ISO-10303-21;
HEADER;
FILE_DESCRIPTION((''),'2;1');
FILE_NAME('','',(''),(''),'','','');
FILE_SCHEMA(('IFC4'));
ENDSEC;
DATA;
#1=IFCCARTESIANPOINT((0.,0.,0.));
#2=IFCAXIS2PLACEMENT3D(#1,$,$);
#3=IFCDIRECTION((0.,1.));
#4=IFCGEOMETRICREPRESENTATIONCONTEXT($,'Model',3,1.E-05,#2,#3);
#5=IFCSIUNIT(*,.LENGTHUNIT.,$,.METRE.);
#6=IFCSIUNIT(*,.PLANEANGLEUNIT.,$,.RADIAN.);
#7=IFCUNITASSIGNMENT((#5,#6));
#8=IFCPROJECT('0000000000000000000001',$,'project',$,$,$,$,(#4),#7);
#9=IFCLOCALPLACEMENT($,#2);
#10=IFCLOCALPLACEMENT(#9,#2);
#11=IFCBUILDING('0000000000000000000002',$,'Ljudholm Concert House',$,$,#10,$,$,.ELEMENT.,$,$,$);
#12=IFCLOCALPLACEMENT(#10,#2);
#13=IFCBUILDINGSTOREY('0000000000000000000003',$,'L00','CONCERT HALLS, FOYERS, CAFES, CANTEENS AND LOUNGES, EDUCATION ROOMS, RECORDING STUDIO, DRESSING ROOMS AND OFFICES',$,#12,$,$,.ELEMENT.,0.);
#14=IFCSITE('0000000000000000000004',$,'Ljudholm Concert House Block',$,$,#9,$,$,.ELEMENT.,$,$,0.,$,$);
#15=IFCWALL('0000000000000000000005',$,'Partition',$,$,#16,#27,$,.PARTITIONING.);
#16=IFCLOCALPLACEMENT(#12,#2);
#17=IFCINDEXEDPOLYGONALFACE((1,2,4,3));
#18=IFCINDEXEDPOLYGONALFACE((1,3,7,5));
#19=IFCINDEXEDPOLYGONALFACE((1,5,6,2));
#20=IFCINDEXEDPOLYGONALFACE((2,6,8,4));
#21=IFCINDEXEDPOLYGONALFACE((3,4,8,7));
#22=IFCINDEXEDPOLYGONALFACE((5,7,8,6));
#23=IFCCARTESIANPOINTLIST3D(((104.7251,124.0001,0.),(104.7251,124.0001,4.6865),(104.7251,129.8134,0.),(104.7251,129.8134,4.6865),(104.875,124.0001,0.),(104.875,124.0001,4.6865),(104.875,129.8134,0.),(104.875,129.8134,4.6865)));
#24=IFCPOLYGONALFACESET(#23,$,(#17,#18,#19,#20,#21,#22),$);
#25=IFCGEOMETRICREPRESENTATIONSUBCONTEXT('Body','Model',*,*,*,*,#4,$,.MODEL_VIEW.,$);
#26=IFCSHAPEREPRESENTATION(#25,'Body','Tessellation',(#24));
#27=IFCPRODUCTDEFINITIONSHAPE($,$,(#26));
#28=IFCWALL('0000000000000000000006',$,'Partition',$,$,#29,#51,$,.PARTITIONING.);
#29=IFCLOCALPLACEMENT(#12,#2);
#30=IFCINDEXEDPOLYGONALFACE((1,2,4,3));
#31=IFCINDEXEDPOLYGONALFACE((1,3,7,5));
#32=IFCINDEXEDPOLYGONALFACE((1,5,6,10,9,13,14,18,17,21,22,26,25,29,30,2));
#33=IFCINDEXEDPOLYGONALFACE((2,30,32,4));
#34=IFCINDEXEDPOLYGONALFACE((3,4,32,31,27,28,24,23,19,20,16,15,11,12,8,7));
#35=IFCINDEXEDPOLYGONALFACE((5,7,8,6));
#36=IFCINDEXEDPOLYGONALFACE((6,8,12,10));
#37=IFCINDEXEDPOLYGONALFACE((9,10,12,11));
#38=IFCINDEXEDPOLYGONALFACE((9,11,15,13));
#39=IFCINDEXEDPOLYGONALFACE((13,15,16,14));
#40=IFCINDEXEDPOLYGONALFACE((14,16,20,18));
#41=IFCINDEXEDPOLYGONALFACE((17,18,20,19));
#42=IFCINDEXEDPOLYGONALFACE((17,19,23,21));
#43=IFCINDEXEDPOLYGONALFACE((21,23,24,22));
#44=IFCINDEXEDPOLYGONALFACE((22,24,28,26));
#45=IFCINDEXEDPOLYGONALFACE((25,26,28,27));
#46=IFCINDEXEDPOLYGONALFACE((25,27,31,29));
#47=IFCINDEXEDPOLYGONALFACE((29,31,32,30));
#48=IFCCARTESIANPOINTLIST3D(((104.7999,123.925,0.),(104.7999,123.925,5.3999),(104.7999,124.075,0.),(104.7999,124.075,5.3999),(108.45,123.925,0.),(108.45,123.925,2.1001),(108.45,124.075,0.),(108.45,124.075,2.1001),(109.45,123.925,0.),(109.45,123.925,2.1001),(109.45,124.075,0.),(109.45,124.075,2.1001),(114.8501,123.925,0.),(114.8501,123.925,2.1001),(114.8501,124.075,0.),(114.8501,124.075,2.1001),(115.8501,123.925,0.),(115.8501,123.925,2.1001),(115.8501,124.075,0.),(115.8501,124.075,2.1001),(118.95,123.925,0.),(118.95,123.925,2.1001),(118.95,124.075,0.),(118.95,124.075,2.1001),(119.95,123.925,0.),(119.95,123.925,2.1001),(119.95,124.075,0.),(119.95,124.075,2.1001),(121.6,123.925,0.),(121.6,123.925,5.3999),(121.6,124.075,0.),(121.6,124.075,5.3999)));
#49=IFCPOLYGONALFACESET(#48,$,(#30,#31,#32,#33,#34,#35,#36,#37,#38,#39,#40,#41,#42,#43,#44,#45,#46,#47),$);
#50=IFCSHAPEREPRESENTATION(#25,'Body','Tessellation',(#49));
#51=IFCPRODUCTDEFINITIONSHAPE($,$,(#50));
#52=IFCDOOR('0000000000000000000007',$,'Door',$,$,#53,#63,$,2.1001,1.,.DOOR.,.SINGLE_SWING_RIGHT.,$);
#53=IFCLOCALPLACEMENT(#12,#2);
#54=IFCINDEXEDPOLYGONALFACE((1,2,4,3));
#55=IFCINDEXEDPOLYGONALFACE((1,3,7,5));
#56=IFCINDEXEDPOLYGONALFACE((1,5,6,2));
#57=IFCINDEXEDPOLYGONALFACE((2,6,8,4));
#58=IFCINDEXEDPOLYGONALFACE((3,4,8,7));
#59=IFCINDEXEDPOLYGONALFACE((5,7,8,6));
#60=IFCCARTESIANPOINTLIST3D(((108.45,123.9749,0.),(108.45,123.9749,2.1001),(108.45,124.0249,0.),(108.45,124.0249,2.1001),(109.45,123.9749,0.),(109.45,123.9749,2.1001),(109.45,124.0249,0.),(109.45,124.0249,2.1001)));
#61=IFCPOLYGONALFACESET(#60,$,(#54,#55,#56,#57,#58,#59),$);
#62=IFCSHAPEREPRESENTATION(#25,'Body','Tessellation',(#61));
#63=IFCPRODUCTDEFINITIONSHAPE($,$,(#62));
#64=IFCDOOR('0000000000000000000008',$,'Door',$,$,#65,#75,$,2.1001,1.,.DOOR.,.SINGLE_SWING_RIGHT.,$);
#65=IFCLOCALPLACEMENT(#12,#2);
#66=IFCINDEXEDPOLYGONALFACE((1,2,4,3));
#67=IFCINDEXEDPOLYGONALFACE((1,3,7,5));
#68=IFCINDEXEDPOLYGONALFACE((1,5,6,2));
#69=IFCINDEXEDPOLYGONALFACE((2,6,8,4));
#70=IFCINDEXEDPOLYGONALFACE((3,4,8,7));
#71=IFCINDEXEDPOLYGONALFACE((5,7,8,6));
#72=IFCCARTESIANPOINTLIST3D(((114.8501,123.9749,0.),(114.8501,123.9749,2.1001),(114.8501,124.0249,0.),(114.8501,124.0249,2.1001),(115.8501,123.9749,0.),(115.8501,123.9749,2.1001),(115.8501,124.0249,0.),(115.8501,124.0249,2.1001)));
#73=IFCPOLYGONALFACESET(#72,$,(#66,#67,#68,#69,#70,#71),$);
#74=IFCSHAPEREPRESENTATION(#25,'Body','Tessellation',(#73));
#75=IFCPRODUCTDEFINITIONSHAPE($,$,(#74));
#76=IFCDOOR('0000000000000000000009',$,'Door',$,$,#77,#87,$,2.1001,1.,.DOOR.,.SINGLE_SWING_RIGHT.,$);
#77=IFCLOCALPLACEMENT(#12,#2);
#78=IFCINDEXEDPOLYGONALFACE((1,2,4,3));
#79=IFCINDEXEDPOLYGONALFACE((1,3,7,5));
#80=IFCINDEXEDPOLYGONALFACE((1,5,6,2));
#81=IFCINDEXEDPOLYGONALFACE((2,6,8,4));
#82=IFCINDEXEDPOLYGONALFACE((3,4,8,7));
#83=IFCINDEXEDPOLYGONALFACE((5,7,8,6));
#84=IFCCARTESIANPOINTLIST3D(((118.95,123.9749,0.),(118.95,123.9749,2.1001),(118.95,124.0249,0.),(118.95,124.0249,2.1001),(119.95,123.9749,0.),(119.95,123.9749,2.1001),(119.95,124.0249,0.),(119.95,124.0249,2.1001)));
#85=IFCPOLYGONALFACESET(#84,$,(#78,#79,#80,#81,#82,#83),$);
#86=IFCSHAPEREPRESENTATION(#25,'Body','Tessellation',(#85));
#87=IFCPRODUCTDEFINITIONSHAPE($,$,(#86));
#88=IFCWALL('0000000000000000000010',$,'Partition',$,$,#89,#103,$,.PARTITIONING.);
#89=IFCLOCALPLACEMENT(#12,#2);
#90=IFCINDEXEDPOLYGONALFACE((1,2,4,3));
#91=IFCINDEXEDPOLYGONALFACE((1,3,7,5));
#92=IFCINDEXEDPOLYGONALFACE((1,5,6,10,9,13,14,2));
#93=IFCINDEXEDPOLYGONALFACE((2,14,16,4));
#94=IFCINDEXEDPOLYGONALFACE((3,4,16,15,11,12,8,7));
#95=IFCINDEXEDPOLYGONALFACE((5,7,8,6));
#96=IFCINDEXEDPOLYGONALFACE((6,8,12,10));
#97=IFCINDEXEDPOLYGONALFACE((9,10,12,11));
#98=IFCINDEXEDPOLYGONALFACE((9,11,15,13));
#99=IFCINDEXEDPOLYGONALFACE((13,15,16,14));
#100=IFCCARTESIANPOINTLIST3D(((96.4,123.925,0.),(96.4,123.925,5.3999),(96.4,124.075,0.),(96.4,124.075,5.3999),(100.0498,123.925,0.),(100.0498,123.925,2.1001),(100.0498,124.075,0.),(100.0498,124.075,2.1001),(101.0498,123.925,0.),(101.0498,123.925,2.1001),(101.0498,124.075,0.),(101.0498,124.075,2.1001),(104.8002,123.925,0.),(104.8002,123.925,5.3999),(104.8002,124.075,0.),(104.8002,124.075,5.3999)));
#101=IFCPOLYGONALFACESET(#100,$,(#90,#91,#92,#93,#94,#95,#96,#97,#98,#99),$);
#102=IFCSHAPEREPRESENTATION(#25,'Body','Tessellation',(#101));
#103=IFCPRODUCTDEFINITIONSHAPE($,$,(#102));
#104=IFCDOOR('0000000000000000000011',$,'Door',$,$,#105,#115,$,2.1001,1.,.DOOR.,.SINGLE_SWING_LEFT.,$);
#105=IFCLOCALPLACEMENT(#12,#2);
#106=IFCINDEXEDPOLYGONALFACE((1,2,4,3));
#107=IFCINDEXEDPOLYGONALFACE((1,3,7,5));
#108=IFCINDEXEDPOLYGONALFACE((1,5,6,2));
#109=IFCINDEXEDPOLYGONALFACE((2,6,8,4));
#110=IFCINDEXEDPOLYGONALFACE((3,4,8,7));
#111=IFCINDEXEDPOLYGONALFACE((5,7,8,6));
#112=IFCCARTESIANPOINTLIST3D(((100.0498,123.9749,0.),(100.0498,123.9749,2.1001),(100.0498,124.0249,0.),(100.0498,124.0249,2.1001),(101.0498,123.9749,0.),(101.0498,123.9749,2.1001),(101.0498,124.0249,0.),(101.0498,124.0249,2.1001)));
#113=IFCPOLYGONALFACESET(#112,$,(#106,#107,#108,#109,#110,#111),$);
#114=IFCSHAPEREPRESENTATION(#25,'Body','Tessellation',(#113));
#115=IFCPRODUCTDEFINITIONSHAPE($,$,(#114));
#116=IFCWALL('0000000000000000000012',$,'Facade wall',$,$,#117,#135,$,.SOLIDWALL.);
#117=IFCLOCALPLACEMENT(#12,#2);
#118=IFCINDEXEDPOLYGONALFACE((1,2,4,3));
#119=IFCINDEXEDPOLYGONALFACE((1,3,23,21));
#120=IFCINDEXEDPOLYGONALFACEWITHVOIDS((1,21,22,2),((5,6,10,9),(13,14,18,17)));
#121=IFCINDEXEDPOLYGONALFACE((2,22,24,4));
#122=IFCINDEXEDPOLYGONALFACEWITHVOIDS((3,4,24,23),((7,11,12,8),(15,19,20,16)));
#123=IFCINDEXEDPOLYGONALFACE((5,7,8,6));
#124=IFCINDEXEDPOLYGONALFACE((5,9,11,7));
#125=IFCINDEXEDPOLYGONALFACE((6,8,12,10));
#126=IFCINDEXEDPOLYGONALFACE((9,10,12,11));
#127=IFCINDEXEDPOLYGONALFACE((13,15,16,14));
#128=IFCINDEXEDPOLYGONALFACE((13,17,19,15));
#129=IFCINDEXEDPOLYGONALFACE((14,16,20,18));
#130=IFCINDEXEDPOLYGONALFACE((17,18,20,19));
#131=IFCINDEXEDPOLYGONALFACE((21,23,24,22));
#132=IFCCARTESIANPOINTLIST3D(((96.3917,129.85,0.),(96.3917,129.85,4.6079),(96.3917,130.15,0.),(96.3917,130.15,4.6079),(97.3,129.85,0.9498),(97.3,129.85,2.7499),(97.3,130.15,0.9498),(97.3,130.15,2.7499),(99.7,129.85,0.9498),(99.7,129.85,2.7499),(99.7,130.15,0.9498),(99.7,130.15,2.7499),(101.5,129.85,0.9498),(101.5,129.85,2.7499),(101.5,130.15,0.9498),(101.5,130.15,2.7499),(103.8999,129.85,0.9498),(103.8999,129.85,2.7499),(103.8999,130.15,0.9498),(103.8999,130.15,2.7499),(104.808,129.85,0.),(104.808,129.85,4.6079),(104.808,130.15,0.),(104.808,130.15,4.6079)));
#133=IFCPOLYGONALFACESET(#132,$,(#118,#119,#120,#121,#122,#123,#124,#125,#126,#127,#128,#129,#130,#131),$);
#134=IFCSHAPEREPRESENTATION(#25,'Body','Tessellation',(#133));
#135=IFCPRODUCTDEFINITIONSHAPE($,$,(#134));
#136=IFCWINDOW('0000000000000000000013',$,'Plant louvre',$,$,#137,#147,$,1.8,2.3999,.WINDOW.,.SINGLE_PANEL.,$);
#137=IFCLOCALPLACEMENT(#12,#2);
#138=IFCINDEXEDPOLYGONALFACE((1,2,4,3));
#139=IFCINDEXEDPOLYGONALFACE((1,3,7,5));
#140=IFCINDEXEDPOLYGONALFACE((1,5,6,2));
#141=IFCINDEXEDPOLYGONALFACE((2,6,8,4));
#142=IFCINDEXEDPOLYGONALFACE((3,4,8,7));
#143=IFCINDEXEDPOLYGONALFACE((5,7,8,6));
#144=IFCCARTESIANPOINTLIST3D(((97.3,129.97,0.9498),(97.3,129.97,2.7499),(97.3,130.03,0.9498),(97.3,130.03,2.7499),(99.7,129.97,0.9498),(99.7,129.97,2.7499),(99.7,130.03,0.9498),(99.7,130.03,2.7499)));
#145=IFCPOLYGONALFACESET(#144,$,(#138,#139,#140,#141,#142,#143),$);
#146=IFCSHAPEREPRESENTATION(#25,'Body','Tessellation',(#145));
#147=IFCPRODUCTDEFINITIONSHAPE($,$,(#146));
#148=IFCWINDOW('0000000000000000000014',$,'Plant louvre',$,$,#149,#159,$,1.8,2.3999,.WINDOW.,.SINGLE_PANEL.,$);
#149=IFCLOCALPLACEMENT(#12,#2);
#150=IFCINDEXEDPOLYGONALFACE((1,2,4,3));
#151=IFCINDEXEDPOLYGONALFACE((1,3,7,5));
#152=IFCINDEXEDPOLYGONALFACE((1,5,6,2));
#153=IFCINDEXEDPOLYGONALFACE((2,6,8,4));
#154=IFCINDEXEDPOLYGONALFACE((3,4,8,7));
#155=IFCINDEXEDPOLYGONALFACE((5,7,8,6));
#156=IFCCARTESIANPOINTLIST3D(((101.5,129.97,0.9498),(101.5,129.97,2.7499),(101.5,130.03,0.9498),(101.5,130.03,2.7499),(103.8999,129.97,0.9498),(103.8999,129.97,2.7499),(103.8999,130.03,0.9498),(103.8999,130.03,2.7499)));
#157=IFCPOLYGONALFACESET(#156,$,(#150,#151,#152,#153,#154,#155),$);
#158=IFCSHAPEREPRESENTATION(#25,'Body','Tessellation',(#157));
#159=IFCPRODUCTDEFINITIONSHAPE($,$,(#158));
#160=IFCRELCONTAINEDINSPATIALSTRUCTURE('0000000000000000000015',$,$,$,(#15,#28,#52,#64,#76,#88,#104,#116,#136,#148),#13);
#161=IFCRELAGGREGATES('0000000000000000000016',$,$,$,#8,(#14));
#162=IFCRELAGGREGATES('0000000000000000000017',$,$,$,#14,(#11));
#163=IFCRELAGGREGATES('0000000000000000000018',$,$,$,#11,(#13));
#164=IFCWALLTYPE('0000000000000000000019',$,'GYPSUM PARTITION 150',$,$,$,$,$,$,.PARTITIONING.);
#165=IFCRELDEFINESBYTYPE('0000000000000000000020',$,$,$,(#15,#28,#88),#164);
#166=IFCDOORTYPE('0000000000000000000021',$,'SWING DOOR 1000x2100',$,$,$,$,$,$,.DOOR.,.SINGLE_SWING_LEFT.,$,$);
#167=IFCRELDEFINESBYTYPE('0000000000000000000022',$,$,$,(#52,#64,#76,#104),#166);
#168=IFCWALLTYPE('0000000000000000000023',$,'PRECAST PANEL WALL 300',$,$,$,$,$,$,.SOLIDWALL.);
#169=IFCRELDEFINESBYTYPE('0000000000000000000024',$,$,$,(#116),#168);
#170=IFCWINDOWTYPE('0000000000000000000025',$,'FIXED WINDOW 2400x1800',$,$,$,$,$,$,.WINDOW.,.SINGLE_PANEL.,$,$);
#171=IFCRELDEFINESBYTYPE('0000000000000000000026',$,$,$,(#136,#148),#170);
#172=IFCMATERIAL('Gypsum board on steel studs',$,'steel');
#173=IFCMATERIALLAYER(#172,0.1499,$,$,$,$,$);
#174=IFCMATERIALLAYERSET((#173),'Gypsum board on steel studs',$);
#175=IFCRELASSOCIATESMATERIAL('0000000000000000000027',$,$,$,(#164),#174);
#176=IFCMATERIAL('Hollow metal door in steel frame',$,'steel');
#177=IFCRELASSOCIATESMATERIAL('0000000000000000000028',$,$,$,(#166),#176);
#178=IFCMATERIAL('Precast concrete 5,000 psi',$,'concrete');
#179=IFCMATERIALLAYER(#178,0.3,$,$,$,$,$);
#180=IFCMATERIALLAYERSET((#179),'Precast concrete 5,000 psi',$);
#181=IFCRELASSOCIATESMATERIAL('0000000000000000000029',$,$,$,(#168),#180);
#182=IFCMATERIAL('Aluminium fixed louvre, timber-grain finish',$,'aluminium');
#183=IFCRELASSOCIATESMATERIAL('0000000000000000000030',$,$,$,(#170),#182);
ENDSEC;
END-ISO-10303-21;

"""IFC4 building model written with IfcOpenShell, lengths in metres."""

from ifc_helpers import new_model, si_unit, direction, frame, frame_2d, origin, place, context, subcontext, project, spatial, rectangle, extrude, material, layer, layer_set, type_object, element, fill, save


model = new_model("IFC4")

# Units and contexts
model_context = context("Model", 3, precision=1e-05, world=origin(), true_north=direction((0.0, 1.0)))
body_context = subcontext(model_context, "Body", "Model", "MODEL_VIEW")
ifc_project = project(units=[si_unit("LENGTHUNIT", "METRE"), si_unit("PLANEANGLEUNIT", "RADIAN")], contexts=[model_context])

# Site, building, storey
site_placement = place(None, origin())
site = spatial("IfcSite", under=ifc_project, at=site_placement, Name="Ljudholm Concert House Block", CompositionType="ELEMENT", RefElevation=0.0)
building_placement = place(site_placement, origin())
building = spatial("IfcBuilding", under=site, at=building_placement, Name="Ljudholm Concert House", CompositionType="ELEMENT")
storey_placement = place(building_placement, origin())
storey = spatial("IfcBuildingStorey", under=building, at=storey_placement, Name="L00", Description="CONCERT HALLS, FOYERS, CAFES, CANTEENS AND LOUNGES, EDUCATION ROOMS, RECORDING STUDIO, DRESSING ROOMS AND OFFICES", CompositionType="ELEMENT", Elevation=0.0)

# Wall
ifc_material_1 = material(Name="Gypsum board on steel studs", Category="steel")
ifc_layer_1 = layer(ifc_material_1, 0.1499)
ifc_layer_set_1 = layer_set([ifc_layer_1], Name="Gypsum board on steel studs")
wall_type_1 = type_object("IfcWallType", Name="GYPSUM PARTITION 150", PredefinedType="PARTITIONING", material=ifc_layer_set_1)
wall_1_placement = place(storey_placement, frame((104.8, 124.0, 0.0), z_axis=(0.0, 0.0, 1.0), x_axis=(0.0, 1.0, 0.0)))
element("IfcWall", 1, at=wall_1_placement, inside=storey, type_object=wall_type_1, Name="Partition", PredefinedType="PARTITIONING", context=body_context, shape_type="SweptSolid", body=[
    extrude(rectangle(XDim=5.8132, YDim=0.1499, at=frame_2d((2.9067, 0.0))), origin(), (0.0, 0.0, 1.0), 4.6865),
])

# Wall, openings, doors
wall_2_placement = place(storey_placement, frame((104.8, 124.0, 0.0), z_axis=(0.0, 0.0, 1.0), x_axis=(1.0, 0.0, 0.0)))
wall_2 = element("IfcWall", 2, at=wall_2_placement, inside=storey, type_object=wall_type_1, Name="Partition", PredefinedType="PARTITIONING", context=body_context, shape_type="SweptSolid", body=[
    extrude(rectangle(XDim=16.8, YDim=0.1499, at=frame_2d((8.3999, 0.0))), origin(), (0.0, 0.0, 1.0), 5.3999),
])
opening_1_placement = place(wall_2_placement, frame((3.6499, 0.0, 0.0)))
opening_1 = element("IfcOpeningElement", 3, at=opening_1_placement, cuts=wall_2, PredefinedType="OPENING", context=body_context, shape_type="SweptSolid", body=[
    extrude(rectangle(XDim=1.0, YDim=2.1001, at=frame_2d((0.5, 1.05))), frame((0.0, 0.085, 0.0), z_axis=(0.0, -1.0, 0.0), x_axis=(1.0, 0.0, 0.0)), (0.0, 0.0, 1.0), 0.1699),
])
opening_2_placement = place(wall_2_placement, frame((10.05, 0.0, 0.0)))
opening_2 = element("IfcOpeningElement", 4, at=opening_2_placement, cuts=wall_2, PredefinedType="OPENING", context=body_context, shape_type="SweptSolid", body=[
    extrude(rectangle(XDim=1.0, YDim=2.1001, at=frame_2d((0.5, 1.05))), frame((0.0, 0.085, 0.0), z_axis=(0.0, -1.0, 0.0), x_axis=(1.0, 0.0, 0.0)), (0.0, 0.0, 1.0), 0.1699),
])
opening_3_placement = place(wall_2_placement, frame((14.1499, 0.0, 0.0)))
opening_3 = element("IfcOpeningElement", 5, at=opening_3_placement, cuts=wall_2, PredefinedType="OPENING", context=body_context, shape_type="SweptSolid", body=[
    extrude(rectangle(XDim=1.0, YDim=2.1001, at=frame_2d((0.5, 1.05))), frame((0.0, 0.085, 0.0), z_axis=(0.0, -1.0, 0.0), x_axis=(1.0, 0.0, 0.0)), (0.0, 0.0, 1.0), 0.1699),
])
ifc_material_2 = material(Name="Hollow metal door in steel frame", Category="steel")
door_type_1 = type_object("IfcDoorType", Name="SWING DOOR 1000x2100", OperationType="SINGLE_SWING_LEFT", PredefinedType="DOOR", material=ifc_material_2)
door_1_placement = place(opening_1_placement, origin())
door_1 = element("IfcDoor", 6, at=door_1_placement, inside=storey, type_object=door_type_1, Name="Door", OperationType="SINGLE_SWING_RIGHT", OverallHeight=2.1001, OverallWidth=1.0, PredefinedType="DOOR", context=body_context, shape_type="SweptSolid", body=[
    extrude(rectangle(XDim=1.0, YDim=2.1001, at=frame_2d((0.5, 1.05))), frame((0.0, 0.0249, 0.0), z_axis=(0.0, -1.0, 0.0), x_axis=(1.0, 0.0, 0.0)), (0.0, 0.0, 1.0), 0.05),
])
fill(opening_1, door_1)
door_2_placement = place(opening_2_placement, origin())
door_2 = element("IfcDoor", 7, at=door_2_placement, inside=storey, type_object=door_type_1, Name="Door", OperationType="SINGLE_SWING_RIGHT", OverallHeight=2.1001, OverallWidth=1.0, PredefinedType="DOOR", context=body_context, shape_type="SweptSolid", body=[
    extrude(rectangle(XDim=1.0, YDim=2.1001, at=frame_2d((0.5, 1.05))), frame((0.0, 0.0249, 0.0), z_axis=(0.0, -1.0, 0.0), x_axis=(1.0, 0.0, 0.0)), (0.0, 0.0, 1.0), 0.05),
])
fill(opening_2, door_2)
door_3_placement = place(opening_3_placement, origin())
door_3 = element("IfcDoor", 8, at=door_3_placement, inside=storey, type_object=door_type_1, Name="Door", OperationType="SINGLE_SWING_RIGHT", OverallHeight=2.1001, OverallWidth=1.0, PredefinedType="DOOR", context=body_context, shape_type="SweptSolid", body=[
    extrude(rectangle(XDim=1.0, YDim=2.1001, at=frame_2d((0.5, 1.05))), frame((0.0, 0.0249, 0.0), z_axis=(0.0, -1.0, 0.0), x_axis=(1.0, 0.0, 0.0)), (0.0, 0.0, 1.0), 0.05),
])
fill(opening_3, door_3)

# Wall, opening, door
wall_3_placement = place(storey_placement, frame((96.3999, 124.0, 0.0), z_axis=(0.0, 0.0, 1.0), x_axis=(1.0, 0.0, 0.0)))
wall_3 = element("IfcWall", 9, at=wall_3_placement, inside=storey, type_object=wall_type_1, Name="Partition", PredefinedType="PARTITIONING", context=body_context, shape_type="SweptSolid", body=[
    extrude(rectangle(XDim=8.4001, YDim=0.1499, at=frame_2d((4.2002, 0.0))), origin(), (0.0, 0.0, 1.0), 5.3999),
])
opening_4_placement = place(wall_3_placement, frame((3.6499, 0.0, 0.0)))
opening_4 = element("IfcOpeningElement", 10, at=opening_4_placement, cuts=wall_3, PredefinedType="OPENING", context=body_context, shape_type="SweptSolid", body=[
    extrude(rectangle(XDim=1.0, YDim=2.1001, at=frame_2d((0.5, 1.05))), frame((0.0, 0.085, 0.0), z_axis=(0.0, -1.0, 0.0), x_axis=(1.0, 0.0, 0.0)), (0.0, 0.0, 1.0), 0.1699),
])
door_4_placement = place(opening_4_placement, origin())
door_4 = element("IfcDoor", 11, at=door_4_placement, inside=storey, type_object=door_type_1, Name="Door", OperationType="SINGLE_SWING_LEFT", OverallHeight=2.1001, OverallWidth=1.0, PredefinedType="DOOR", context=body_context, shape_type="SweptSolid", body=[
    extrude(rectangle(XDim=1.0, YDim=2.1001, at=frame_2d((0.5, 1.05))), frame((0.0, 0.0249, 0.0), z_axis=(0.0, -1.0, 0.0), x_axis=(1.0, 0.0, 0.0)), (0.0, 0.0, 1.0), 0.05),
])
fill(opening_4, door_4)

# Wall, openings, windows
ifc_material_3 = material(Name="Precast concrete 5,000 psi", Category="concrete")
ifc_layer_2 = layer(ifc_material_3, 0.3)
ifc_layer_set_2 = layer_set([ifc_layer_2], Name="Precast concrete 5,000 psi")
wall_type_2 = type_object("IfcWallType", Name="PRECAST PANEL WALL 300", PredefinedType="SOLIDWALL", material=ifc_layer_set_2)
wall_4_placement = place(storey_placement, frame((96.3918, 130.0, 0.0), z_axis=(0.0, 0.0, 1.0), x_axis=(1.0, 0.0, 0.0)))
wall_4 = element("IfcWall", 12, at=wall_4_placement, inside=storey, type_object=wall_type_2, Name="Facade wall", PredefinedType="SOLIDWALL", context=body_context, shape_type="SweptSolid", body=[
    extrude(rectangle(XDim=8.4163, YDim=0.3, at=frame_2d((4.208, 0.0))), origin(), (0.0, 0.0, 1.0), 4.6079),
])
opening_5_placement = place(wall_4_placement, frame((0.9082, 0.0, 0.95)))
opening_5 = element("IfcOpeningElement", 13, at=opening_5_placement, cuts=wall_4, PredefinedType="OPENING", context=body_context, shape_type="SweptSolid", body=[
    extrude(rectangle(XDim=2.3999, YDim=1.8, at=frame_2d((1.2, 0.8999))), frame((0.0, 0.1599, 0.0), z_axis=(0.0, -1.0, 0.0), x_axis=(1.0, 0.0, 0.0)), (0.0, 0.0, 1.0), 0.3201),
])
opening_6_placement = place(wall_4_placement, frame((5.1082, 0.0, 0.95)))
opening_6 = element("IfcOpeningElement", 14, at=opening_6_placement, cuts=wall_4, PredefinedType="OPENING", context=body_context, shape_type="SweptSolid", body=[
    extrude(rectangle(XDim=2.3999, YDim=1.8, at=frame_2d((1.2, 0.8999))), frame((0.0, 0.1599, 0.0), z_axis=(0.0, -1.0, 0.0), x_axis=(1.0, 0.0, 0.0)), (0.0, 0.0, 1.0), 0.3201),
])
ifc_material_4 = material(Name="Aluminium fixed louvre, timber-grain finish", Category="aluminium")
window_type = type_object("IfcWindowType", Name="FIXED WINDOW 2400x1800", PartitioningType="SINGLE_PANEL", PredefinedType="WINDOW", material=ifc_material_4)
window_1_placement = place(opening_5_placement, origin())
window_1 = element("IfcWindow", 15, at=window_1_placement, inside=storey, type_object=window_type, Name="Plant louvre", OverallHeight=1.8, OverallWidth=2.3999, PartitioningType="SINGLE_PANEL", PredefinedType="WINDOW", context=body_context, shape_type="SweptSolid", body=[
    extrude(rectangle(XDim=2.3999, YDim=1.8, at=frame_2d((1.2, 0.8999))), frame((0.0, 0.03, 0.0), z_axis=(0.0, -1.0, 0.0), x_axis=(1.0, 0.0, 0.0)), (0.0, 0.0, 1.0), 0.0601),
])
fill(opening_5, window_1)
window_2_placement = place(opening_6_placement, origin())
window_2 = element("IfcWindow", 16, at=window_2_placement, inside=storey, type_object=window_type, Name="Plant louvre", OverallHeight=1.8, OverallWidth=2.3999, PartitioningType="SINGLE_PANEL", PredefinedType="WINDOW", context=body_context, shape_type="SweptSolid", body=[
    extrude(rectangle(XDim=2.3999, YDim=1.8, at=frame_2d((1.2, 0.8999))), frame((0.0, 0.03, 0.0), z_axis=(0.0, -1.0, 0.0), x_axis=(1.0, 0.0, 0.0)), (0.0, 0.0, 1.0), 0.0601),
])
fill(opening_6, window_2)

save(model, "model.ifc")
